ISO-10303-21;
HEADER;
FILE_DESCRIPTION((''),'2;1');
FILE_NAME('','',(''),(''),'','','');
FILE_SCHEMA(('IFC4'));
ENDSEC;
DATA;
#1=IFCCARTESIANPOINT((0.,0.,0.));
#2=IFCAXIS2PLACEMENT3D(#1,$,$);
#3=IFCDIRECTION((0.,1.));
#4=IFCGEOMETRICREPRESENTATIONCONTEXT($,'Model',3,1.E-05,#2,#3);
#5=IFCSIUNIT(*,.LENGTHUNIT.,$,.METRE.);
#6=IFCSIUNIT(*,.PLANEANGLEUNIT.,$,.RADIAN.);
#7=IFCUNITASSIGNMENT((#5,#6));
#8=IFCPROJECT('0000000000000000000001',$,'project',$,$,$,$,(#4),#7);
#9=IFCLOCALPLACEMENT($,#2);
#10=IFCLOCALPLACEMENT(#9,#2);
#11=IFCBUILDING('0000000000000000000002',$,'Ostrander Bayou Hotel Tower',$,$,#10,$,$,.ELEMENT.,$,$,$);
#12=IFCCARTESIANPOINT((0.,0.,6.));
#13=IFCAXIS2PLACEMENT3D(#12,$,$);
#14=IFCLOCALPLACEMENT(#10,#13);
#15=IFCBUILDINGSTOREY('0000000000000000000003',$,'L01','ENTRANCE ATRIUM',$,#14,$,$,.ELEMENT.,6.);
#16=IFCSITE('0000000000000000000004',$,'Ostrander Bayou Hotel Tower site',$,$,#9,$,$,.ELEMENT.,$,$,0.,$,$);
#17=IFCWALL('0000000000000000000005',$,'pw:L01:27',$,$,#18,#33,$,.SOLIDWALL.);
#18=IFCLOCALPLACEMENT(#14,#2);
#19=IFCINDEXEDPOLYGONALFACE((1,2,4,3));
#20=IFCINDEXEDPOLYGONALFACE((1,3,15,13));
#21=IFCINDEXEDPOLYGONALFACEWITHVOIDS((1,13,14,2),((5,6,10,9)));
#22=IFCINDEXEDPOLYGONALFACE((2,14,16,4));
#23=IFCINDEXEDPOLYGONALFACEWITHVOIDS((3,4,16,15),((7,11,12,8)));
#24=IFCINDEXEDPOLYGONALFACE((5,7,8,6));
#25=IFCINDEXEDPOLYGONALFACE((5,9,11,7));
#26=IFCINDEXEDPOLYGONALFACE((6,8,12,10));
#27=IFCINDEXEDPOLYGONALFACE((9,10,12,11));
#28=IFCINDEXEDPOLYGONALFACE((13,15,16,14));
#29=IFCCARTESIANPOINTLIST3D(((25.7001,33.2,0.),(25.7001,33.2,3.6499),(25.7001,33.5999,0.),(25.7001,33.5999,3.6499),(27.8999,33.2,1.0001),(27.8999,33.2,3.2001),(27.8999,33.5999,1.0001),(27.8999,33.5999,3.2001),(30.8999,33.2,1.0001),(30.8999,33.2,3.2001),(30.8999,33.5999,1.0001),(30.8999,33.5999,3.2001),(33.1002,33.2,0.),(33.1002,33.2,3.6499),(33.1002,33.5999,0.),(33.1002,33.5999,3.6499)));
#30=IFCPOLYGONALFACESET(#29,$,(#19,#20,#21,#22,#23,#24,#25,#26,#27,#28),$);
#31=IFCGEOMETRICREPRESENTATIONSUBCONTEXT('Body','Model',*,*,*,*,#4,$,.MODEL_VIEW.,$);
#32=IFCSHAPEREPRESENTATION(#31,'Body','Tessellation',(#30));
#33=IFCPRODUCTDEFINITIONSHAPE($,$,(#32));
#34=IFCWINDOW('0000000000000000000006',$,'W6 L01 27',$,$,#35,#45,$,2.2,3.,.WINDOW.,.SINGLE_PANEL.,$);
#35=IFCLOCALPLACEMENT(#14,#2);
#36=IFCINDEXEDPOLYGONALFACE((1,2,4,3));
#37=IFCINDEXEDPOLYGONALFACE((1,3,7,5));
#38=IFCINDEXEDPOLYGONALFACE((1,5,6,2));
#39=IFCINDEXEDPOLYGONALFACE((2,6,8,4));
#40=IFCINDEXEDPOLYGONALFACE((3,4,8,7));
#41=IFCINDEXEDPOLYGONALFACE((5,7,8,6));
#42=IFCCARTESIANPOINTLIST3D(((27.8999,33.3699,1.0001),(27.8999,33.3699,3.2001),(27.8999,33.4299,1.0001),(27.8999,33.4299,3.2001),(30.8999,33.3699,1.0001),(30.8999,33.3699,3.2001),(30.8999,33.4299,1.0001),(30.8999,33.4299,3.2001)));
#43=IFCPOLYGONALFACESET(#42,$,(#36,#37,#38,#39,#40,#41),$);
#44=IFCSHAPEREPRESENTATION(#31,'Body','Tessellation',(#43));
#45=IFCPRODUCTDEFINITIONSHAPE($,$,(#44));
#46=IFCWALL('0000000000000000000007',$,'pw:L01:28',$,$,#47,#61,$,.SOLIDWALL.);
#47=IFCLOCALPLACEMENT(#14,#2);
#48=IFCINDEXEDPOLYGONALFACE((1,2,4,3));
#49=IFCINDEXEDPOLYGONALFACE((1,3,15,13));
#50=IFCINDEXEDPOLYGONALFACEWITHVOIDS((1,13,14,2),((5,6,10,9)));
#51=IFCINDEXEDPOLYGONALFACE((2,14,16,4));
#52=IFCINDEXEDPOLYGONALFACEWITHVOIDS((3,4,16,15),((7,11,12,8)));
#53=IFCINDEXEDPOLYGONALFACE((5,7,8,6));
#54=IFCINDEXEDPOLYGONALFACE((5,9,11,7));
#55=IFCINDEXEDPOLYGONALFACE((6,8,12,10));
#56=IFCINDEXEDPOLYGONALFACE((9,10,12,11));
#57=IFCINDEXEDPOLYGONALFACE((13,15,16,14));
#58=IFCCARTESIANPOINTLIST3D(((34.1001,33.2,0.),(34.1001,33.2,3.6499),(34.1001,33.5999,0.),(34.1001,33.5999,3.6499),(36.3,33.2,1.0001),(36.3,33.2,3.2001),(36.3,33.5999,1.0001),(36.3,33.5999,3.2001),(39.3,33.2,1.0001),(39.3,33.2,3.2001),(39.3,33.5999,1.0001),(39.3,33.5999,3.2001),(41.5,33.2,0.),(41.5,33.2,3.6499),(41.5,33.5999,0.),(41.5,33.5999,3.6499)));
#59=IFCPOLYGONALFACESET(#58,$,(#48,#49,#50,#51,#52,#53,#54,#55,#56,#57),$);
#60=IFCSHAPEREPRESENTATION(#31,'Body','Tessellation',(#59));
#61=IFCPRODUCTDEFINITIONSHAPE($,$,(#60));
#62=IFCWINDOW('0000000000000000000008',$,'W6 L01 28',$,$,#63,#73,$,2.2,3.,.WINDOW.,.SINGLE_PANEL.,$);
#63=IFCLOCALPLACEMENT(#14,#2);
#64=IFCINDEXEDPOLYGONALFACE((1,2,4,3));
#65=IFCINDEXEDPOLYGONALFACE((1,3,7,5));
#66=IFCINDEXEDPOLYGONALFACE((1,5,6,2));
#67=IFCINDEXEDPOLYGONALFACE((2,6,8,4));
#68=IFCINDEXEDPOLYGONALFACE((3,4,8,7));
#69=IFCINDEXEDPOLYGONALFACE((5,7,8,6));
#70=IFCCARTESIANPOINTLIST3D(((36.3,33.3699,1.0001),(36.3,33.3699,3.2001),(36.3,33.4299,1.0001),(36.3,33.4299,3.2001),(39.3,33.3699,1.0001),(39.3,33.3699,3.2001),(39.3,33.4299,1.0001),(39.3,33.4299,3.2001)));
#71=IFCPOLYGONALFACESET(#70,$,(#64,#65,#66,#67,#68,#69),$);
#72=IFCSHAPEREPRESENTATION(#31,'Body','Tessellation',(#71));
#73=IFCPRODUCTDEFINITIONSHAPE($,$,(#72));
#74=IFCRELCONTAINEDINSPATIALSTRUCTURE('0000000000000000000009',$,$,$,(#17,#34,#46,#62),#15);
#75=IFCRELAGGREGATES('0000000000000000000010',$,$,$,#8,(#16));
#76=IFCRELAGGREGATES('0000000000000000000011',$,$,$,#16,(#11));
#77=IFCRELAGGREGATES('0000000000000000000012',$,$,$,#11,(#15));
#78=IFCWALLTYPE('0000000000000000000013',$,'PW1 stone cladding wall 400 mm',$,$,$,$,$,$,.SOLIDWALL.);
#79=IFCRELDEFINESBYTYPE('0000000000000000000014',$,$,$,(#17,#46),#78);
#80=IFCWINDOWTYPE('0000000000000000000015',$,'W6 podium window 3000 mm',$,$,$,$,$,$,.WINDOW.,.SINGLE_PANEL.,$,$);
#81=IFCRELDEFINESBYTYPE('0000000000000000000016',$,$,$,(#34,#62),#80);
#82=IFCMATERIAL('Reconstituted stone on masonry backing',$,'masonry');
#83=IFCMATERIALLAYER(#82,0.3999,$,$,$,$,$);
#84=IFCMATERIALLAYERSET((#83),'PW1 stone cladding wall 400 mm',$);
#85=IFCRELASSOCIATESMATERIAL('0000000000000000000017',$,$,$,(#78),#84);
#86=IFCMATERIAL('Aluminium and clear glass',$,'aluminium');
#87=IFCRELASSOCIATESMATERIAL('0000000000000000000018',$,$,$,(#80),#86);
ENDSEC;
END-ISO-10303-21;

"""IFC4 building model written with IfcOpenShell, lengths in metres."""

from ifc_helpers import new_model, si_unit, direction, frame, frame_2d, origin, place, context, subcontext, project, spatial, rectangle, extrude, material, layer, layer_set, type_object, element, fill, save


model = new_model("IFC4")

# Units and contexts
model_context = context("Model", 3, precision=1e-05, world=origin(), true_north=direction((0.0, 1.0)))
body_context = subcontext(model_context, "Body", "Model", "MODEL_VIEW")
ifc_project = project(units=[si_unit("LENGTHUNIT", "METRE"), si_unit("PLANEANGLEUNIT", "RADIAN")], contexts=[model_context])

# Site, building, storey
site_placement = place(None, origin())
site = spatial("IfcSite", under=ifc_project, at=site_placement, Name="Ostrander Bayou Hotel Tower site", CompositionType="ELEMENT", RefElevation=0.0)
building_placement = place(site_placement, origin())
building = spatial("IfcBuilding", under=site, at=building_placement, Name="Ostrander Bayou Hotel Tower", CompositionType="ELEMENT")
storey_placement = place(building_placement, frame((0.0, 0.0, 6.0)))
storey = spatial("IfcBuildingStorey", under=building, at=storey_placement, Name="L01", Description="ENTRANCE ATRIUM", CompositionType="ELEMENT", Elevation=6.0)

# Walls, openings, windows
ifc_material_1 = material(Name="Reconstituted stone on masonry backing", Category="masonry")
ifc_layer_1 = layer(ifc_material_1, 0.3999)
ifc_layer_set_1 = layer_set([ifc_layer_1], Name="PW1 stone cladding wall 400 mm")
wall_type_1 = type_object("IfcWallType", Name="PW1 stone cladding wall 400 mm", PredefinedType="SOLIDWALL", material=ifc_layer_set_1)
ifc_material_2 = material(Name="Aluminium and clear glass", Category="aluminium")
window_type = type_object("IfcWindowType", Name="W6 podium window 3000 mm", PartitioningType="SINGLE_PANEL", PredefinedType="WINDOW", material=ifc_material_2)
wall_1_placement = place(storey_placement, frame((25.7, 33.3999, 0.0), z_axis=(0.0, 0.0, 1.0), x_axis=(1.0, 0.0, 0.0)))
wall_1 = element("IfcWall", 1, at=wall_1_placement, inside=storey, type_object=wall_type_1, Name="pw:L01:27", PredefinedType="SOLIDWALL", context=body_context, shape_type="SweptSolid", body=[
    extrude(rectangle(XDim=7.4001, YDim=0.3999, at=frame_2d((3.7002, 0.0))), origin(), (0.0, 0.0, 1.0), 3.6499),
])
opening_1_placement = place(wall_1_placement, frame((2.2, 0.0, 1.0)))
opening_1 = element("IfcOpeningElement", 2, at=opening_1_placement, cuts=wall_1, PredefinedType="OPENING", context=body_context, shape_type="SweptSolid", body=[
    extrude(rectangle(XDim=3.0, YDim=2.2, at=frame_2d((1.5, 1.1001))), frame((0.0, 0.2, 0.0), z_axis=(0.0, -1.0, 0.0), x_axis=(1.0, 0.0, 0.0)), (0.0, 0.0, 1.0), 0.3999),
])
window_1_placement = place(opening_1_placement, origin())
window_1 = element("IfcWindow", 3, at=window_1_placement, inside=storey, type_object=window_type, Name="W6 L01 27", OverallHeight=2.2, OverallWidth=3.0, PartitioningType="SINGLE_PANEL", PredefinedType="WINDOW", context=body_context, shape_type="SweptSolid", body=[
    extrude(rectangle(XDim=3.0, YDim=2.2, at=frame_2d((1.5, 1.1001))), frame((0.0, 0.03, 0.0), z_axis=(0.0, -1.0, 0.0), x_axis=(1.0, 0.0, 0.0)), (0.0, 0.0, 1.0), 0.0601),
])
fill(opening_1, window_1)
wall_2_placement = place(storey_placement, frame((34.1001, 33.3999, 0.0), z_axis=(0.0, 0.0, 1.0), x_axis=(1.0, 0.0, 0.0)))
wall_2 = element("IfcWall", 4, at=wall_2_placement, inside=storey, type_object=wall_type_1, Name="pw:L01:28", PredefinedType="SOLIDWALL", context=body_context, shape_type="SweptSolid", body=[
    extrude(rectangle(XDim=7.3999, YDim=0.3999, at=frame_2d((3.7, 0.0))), origin(), (0.0, 0.0, 1.0), 3.6499),
])
opening_2_placement = place(wall_2_placement, frame((2.2, 0.0, 1.0)))
opening_2 = element("IfcOpeningElement", 5, at=opening_2_placement, cuts=wall_2, PredefinedType="OPENING", context=body_context, shape_type="SweptSolid", body=[
    extrude(rectangle(XDim=3.0, YDim=2.2, at=frame_2d((1.5, 1.1001))), frame((0.0, 0.2, 0.0), z_axis=(0.0, -1.0, 0.0), x_axis=(1.0, 0.0, 0.0)), (0.0, 0.0, 1.0), 0.3999),
])
window_2_placement = place(opening_2_placement, origin())
window_2 = element("IfcWindow", 6, at=window_2_placement, inside=storey, type_object=window_type, Name="W6 L01 28", OverallHeight=2.2, OverallWidth=3.0, PartitioningType="SINGLE_PANEL", PredefinedType="WINDOW", context=body_context, shape_type="SweptSolid", body=[
    extrude(rectangle(XDim=3.0, YDim=2.2, at=frame_2d((1.5, 1.1001))), frame((0.0, 0.03, 0.0), z_axis=(0.0, -1.0, 0.0), x_axis=(1.0, 0.0, 0.0)), (0.0, 0.0, 1.0), 0.0601),
])
fill(opening_2, window_2)

save(model, "model.ifc")
